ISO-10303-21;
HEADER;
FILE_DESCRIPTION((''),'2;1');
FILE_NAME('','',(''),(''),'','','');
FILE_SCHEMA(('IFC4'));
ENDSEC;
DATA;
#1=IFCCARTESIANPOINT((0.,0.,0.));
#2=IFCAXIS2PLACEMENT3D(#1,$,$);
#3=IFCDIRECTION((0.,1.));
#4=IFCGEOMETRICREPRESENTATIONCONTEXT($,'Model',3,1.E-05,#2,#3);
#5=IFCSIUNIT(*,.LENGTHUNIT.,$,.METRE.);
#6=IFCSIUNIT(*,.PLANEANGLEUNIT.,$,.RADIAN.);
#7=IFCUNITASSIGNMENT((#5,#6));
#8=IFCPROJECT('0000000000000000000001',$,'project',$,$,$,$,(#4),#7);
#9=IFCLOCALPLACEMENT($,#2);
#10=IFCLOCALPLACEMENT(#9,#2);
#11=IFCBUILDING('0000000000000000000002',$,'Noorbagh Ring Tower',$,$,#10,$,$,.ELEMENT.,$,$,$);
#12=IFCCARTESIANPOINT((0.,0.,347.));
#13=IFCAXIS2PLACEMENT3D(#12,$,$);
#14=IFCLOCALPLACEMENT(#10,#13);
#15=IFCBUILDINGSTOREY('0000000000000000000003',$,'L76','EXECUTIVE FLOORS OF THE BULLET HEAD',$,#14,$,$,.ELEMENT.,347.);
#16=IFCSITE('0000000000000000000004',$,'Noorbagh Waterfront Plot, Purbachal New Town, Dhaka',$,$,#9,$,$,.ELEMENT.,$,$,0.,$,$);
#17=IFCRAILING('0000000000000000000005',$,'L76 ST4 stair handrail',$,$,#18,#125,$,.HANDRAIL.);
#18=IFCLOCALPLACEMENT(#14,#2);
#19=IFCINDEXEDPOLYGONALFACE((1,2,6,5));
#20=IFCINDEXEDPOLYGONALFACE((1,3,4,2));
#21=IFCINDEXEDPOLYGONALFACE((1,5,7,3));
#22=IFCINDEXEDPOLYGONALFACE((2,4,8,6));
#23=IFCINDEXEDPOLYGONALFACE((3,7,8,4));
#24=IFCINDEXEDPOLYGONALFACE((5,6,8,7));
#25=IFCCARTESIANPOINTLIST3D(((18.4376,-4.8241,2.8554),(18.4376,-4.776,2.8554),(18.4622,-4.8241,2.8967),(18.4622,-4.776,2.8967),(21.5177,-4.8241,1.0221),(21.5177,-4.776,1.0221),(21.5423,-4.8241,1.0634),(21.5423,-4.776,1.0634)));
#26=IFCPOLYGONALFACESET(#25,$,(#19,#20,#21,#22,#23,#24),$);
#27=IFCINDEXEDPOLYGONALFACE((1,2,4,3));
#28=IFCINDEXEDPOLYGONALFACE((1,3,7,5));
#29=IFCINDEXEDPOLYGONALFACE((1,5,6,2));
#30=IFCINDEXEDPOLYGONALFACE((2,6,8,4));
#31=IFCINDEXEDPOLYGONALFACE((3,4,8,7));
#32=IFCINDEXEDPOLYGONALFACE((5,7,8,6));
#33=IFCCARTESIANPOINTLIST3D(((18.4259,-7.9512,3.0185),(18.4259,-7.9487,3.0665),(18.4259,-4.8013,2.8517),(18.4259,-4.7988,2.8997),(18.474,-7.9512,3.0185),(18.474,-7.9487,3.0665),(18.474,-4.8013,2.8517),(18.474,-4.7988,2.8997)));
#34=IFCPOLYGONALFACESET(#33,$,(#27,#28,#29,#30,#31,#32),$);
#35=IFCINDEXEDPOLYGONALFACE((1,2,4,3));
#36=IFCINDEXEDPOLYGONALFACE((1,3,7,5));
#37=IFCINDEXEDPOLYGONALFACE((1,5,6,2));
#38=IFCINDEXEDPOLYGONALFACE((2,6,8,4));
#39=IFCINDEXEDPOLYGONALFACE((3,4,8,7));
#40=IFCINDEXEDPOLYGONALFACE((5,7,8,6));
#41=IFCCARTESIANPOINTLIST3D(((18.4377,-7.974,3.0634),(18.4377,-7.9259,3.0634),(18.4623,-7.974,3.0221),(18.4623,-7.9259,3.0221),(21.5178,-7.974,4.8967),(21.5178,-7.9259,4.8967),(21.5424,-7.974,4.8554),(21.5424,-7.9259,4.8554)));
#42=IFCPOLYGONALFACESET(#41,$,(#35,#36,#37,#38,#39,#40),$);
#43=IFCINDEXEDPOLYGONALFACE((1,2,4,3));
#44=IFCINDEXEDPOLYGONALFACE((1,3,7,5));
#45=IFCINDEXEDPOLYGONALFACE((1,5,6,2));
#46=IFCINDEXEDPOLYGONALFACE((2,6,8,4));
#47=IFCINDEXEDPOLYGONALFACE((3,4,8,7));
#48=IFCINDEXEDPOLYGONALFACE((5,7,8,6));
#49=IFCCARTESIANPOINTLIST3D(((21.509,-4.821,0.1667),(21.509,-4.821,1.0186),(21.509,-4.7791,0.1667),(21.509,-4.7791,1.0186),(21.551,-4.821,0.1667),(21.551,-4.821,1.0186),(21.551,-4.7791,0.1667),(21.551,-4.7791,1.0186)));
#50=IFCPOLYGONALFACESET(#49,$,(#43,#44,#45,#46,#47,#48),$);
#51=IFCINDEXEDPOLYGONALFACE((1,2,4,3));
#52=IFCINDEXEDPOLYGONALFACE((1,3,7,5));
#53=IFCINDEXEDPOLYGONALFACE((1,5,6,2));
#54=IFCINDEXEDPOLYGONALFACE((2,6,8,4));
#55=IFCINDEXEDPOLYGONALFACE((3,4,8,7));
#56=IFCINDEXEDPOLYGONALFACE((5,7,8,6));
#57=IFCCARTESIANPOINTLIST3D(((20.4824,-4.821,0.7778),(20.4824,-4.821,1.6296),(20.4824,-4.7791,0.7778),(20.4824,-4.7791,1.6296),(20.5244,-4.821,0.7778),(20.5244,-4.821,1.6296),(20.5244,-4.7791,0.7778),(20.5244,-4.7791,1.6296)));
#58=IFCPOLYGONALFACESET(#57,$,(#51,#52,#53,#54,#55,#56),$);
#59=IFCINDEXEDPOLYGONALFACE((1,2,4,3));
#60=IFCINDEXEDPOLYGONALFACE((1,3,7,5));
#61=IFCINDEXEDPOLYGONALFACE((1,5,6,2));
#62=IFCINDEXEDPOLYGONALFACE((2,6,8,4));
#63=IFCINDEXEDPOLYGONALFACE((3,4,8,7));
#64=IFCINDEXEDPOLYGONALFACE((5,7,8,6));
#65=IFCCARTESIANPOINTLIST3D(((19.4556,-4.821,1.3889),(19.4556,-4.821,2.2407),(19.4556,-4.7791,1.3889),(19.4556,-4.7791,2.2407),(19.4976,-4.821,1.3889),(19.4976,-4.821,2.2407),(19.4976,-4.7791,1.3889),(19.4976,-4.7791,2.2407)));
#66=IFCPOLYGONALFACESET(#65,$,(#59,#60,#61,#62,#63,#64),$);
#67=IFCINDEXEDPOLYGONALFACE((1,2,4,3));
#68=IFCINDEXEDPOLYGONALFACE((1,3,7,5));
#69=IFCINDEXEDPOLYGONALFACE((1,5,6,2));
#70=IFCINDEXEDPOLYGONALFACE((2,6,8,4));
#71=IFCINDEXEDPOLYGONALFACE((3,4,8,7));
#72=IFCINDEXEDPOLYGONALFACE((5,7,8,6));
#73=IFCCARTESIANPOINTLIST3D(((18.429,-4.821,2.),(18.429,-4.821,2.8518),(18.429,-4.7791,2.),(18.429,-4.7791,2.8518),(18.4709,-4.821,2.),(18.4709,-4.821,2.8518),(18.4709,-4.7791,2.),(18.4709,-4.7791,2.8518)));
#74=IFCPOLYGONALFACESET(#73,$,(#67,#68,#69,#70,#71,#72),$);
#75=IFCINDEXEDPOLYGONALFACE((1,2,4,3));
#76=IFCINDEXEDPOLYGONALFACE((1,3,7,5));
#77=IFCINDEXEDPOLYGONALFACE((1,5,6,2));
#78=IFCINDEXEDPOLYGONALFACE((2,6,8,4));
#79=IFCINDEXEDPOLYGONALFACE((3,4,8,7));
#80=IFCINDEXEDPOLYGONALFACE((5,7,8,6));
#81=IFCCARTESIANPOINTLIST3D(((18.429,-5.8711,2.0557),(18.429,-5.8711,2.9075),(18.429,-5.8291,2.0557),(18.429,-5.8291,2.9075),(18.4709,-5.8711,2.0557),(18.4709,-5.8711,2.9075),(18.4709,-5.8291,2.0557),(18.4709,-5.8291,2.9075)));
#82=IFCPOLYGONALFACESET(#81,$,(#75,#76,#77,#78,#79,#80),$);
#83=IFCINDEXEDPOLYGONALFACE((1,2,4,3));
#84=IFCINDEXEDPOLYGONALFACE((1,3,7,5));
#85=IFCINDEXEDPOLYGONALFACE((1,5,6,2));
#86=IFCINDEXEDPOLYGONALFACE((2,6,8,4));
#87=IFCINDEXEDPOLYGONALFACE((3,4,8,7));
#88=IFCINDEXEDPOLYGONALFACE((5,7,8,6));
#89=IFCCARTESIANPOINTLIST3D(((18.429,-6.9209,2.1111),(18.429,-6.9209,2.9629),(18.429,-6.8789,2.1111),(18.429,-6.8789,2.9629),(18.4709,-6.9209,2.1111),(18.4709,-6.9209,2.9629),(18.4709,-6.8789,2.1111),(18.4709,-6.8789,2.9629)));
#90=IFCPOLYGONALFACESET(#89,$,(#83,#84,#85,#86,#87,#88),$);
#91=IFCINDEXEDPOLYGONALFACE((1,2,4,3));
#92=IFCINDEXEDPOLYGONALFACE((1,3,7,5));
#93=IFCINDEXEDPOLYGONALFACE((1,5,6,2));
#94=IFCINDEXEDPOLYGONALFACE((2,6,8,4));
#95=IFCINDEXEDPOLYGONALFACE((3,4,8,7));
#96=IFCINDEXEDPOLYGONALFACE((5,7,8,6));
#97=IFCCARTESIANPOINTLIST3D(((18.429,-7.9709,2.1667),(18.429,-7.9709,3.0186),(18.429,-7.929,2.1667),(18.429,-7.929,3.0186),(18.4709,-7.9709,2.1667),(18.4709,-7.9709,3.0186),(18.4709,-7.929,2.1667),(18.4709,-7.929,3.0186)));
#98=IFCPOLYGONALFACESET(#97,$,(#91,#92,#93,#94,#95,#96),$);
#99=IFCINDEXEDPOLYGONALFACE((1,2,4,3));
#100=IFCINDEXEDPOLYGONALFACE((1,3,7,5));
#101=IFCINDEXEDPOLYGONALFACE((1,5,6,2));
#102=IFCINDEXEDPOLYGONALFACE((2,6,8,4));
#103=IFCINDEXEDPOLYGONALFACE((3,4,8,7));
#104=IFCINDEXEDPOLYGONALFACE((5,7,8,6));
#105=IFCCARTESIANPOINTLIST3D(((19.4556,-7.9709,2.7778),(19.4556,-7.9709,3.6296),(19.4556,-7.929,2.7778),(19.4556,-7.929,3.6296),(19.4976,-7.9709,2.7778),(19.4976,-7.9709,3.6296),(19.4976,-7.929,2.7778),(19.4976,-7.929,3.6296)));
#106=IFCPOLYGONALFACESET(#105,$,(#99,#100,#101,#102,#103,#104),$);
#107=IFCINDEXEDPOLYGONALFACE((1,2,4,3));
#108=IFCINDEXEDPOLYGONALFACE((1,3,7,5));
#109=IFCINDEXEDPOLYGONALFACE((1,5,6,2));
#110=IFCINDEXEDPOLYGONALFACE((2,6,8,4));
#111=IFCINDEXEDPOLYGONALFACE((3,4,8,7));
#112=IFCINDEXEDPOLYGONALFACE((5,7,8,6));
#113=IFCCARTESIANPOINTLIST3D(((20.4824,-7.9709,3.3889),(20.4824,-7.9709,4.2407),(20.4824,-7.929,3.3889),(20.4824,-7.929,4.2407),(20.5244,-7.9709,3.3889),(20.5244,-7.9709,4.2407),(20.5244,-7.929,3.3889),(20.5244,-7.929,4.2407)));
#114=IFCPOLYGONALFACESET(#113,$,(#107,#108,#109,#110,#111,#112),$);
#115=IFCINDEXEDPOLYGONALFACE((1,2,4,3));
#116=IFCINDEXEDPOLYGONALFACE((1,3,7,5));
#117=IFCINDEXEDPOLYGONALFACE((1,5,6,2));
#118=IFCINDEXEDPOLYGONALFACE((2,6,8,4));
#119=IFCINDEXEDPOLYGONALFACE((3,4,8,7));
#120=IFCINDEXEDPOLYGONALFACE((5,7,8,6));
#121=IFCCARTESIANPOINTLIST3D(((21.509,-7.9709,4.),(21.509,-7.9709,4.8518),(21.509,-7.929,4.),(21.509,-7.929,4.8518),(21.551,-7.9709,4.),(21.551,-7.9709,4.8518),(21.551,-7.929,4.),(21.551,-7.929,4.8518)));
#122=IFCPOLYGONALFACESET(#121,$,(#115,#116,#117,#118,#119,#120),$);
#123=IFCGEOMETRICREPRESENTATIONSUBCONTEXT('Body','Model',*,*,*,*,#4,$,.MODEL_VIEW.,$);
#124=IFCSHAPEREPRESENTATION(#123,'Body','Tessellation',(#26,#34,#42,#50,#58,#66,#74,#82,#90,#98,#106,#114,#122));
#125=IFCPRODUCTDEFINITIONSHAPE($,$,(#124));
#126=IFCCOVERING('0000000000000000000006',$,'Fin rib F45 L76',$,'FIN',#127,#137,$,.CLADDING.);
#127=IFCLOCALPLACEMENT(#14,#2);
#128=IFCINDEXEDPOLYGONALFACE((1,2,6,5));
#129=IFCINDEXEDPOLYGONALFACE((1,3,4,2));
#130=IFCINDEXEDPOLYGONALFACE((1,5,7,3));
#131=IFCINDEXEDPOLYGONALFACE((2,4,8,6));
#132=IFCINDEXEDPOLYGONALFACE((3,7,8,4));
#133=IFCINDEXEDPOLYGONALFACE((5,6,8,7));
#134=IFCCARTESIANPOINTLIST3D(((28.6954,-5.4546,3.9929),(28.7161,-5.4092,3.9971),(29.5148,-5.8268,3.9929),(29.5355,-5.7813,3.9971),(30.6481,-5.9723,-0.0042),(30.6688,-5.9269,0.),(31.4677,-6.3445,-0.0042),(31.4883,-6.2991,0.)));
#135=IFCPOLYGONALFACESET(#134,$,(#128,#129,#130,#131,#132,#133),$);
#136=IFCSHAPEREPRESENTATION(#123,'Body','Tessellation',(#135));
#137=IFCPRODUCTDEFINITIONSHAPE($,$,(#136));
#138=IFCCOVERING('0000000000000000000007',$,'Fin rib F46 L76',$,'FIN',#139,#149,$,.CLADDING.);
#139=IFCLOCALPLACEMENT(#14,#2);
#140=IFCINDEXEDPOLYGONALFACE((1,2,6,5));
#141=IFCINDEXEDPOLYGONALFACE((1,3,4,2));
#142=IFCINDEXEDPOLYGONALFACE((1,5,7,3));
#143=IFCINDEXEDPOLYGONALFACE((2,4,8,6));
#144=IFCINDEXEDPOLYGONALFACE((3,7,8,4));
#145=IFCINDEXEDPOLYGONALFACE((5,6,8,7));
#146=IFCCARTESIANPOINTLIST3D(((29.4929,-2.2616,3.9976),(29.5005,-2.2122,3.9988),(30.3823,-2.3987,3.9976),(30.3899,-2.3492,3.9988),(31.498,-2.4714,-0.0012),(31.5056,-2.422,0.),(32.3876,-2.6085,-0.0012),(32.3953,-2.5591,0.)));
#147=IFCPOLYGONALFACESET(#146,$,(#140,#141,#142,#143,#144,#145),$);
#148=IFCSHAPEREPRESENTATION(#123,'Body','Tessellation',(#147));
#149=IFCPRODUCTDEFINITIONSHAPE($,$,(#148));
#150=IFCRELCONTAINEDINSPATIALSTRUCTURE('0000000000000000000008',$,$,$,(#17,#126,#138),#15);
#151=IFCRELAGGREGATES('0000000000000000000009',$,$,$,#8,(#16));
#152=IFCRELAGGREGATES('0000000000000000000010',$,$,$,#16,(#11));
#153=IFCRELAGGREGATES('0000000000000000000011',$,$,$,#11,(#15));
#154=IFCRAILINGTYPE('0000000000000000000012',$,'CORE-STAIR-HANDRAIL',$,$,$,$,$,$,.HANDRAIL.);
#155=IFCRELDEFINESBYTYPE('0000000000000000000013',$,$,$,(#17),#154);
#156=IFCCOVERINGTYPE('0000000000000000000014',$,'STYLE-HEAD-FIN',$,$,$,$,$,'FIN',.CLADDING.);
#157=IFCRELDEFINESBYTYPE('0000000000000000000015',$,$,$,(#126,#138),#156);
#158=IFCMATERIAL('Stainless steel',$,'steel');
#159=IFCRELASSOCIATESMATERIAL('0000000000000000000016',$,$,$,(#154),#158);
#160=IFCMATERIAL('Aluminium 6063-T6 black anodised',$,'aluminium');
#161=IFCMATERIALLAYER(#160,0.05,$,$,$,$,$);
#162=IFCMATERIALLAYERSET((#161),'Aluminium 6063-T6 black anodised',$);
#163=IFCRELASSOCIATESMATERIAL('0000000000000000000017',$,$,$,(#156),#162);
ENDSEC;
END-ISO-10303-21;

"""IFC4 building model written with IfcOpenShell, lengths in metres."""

from ifc_helpers import new_model, si_unit, direction, frame, origin, origin_2d, place, context, subcontext, project, spatial, polyline, rectangle, outline, extrude, material, layer, layer_set, type_object, element, save


model = new_model("IFC4")

# Units and contexts
model_context = context("Model", 3, precision=1e-05, world=origin(), true_north=direction((0.0, 1.0)))
body_context = subcontext(model_context, "Body", "Model", "MODEL_VIEW")
ifc_project = project(units=[si_unit("LENGTHUNIT", "METRE"), si_unit("PLANEANGLEUNIT", "RADIAN")], contexts=[model_context])

# Site, building, storey
site_placement = place(None, origin())
site = spatial("IfcSite", under=ifc_project, at=site_placement, Name="Noorbagh Waterfront Plot, Purbachal New Town, Dhaka", CompositionType="ELEMENT", RefElevation=0.0)
building_placement = place(site_placement, origin())
building = spatial("IfcBuilding", under=site, at=building_placement, Name="Noorbagh Ring Tower", CompositionType="ELEMENT")
storey_placement = place(building_placement, frame((0.0, 0.0, 347.0)))
storey = spatial("IfcBuildingStorey", under=building, at=storey_placement, Name="L76", Description="EXECUTIVE FLOORS OF THE BULLET HEAD", CompositionType="ELEMENT", Elevation=347.0)

# Railing
ifc_material_1 = material(Name="Stainless steel", Category="steel")
railing_type_1 = type_object("IfcRailingType", Name="CORE-STAIR-HANDRAIL", PredefinedType="HANDRAIL", material=ifc_material_1)
railing_1_placement = place(storey_placement, frame((21.53, -4.8, 0.1667)))
element("IfcRailing", 1, at=railing_1_placement, inside=storey, type_object=railing_type_1, Name="L76 ST4 stair handrail", PredefinedType="HANDRAIL", context=body_context, shape_type="SweptSolid", body=[
    extrude(rectangle(XDim=0.0481, YDim=0.0481, at=origin_2d()), frame((0.0, 0.0, 0.876), z_axis=(-0.859309, 0.0, 0.511458), x_axis=(0.0, -1.0, 0.0)), (0.0, 0.0, 1.0), 3.5845),
    extrude(rectangle(XDim=0.0481, YDim=0.0481, at=origin_2d()), frame((-3.0801, 0.0, 2.709), z_axis=(0.0, -0.998602, 0.052864), x_axis=(1.0, 0.0, 0.0)), (0.0, 0.0, 1.0), 3.1543),
    extrude(rectangle(XDim=0.0481, YDim=0.0481, at=origin_2d()), frame((-3.0801, -3.1499, 2.876), z_axis=(0.859309, 0.0, 0.511458), x_axis=(0.0, 1.0, 0.0)), (0.0, 0.0, 1.0), 3.5845),
    extrude(rectangle(XDim=0.042, YDim=0.042, at=origin_2d()), origin(), (0.0, 0.0, 1.0), 0.8518),
    extrude(rectangle(XDim=0.042, YDim=0.042, at=origin_2d()), frame((-1.0266, 0.0, 0.6111)), (0.0, 0.0, 1.0), 0.8518),
    extrude(rectangle(XDim=0.042, YDim=0.042, at=origin_2d()), frame((-2.0535, 0.0, 1.2222)), (0.0, 0.0, 1.0), 0.8518),
    extrude(rectangle(XDim=0.042, YDim=0.042, at=origin_2d()), frame((-3.0801, 0.0, 1.8333)), (0.0, 0.0, 1.0), 0.8518),
    extrude(rectangle(XDim=0.042, YDim=0.042, at=origin_2d()), frame((-3.0801, -1.05, 1.8889)), (0.0, 0.0, 1.0), 0.8518),
    extrude(rectangle(XDim=0.042, YDim=0.042, at=origin_2d()), frame((-3.0801, -2.0999, 1.9443)), (0.0, 0.0, 1.0), 0.8518),
    extrude(rectangle(XDim=0.042, YDim=0.042, at=origin_2d()), frame((-3.0801, -3.1499, 2.0)), (0.0, 0.0, 1.0), 0.8518),
    extrude(rectangle(XDim=0.042, YDim=0.042, at=origin_2d()), frame((-2.0535, -3.1499, 2.6111)), (0.0, 0.0, 1.0), 0.8518),
    extrude(rectangle(XDim=0.042, YDim=0.042, at=origin_2d()), frame((-1.0266, -3.1499, 3.2222)), (0.0, 0.0, 1.0), 0.8518),
    extrude(rectangle(XDim=0.042, YDim=0.042, at=origin_2d()), frame((0.0, -3.1499, 3.8333)), (0.0, 0.0, 1.0), 0.8518),
])

# Coverings
ifc_material_2 = material(Name="Aluminium 6063-T6 black anodised", Category="aluminium")
ifc_layer_1 = layer(ifc_material_2, 0.05)
ifc_layer_set_1 = layer_set([ifc_layer_1], Name="Aluminium 6063-T6 black anodised")
covering_type_1 = type_object("IfcCoveringType", Name="STYLE-HEAD-FIN", ElementType="FIN", PredefinedType="CLADDING", material=ifc_layer_set_1)
covering_1_placement = place(storey_placement, frame((31.4883, -6.2991, 0.0), z_axis=(0.412082, 0.907284, 0.08381), x_axis=(-0.436029, 0.115599, 0.892477)))
element("IfcCovering", 2, at=covering_1_placement, inside=storey, type_object=covering_type_1, Name="Fin rib F45 L76", ObjectType="FIN", PredefinedType="CLADDING", context=body_context, shape_type="SweptSolid", body=[
    extrude(outline(polyline([(0.0, 0.0), (4.4786, 0.0), (4.8789, -0.806), (0.4004, -0.8061), (0.0, 0.0)])), origin(), (0.0, 0.0, -1.0), 0.05),
])
covering_2_placement = place(storey_placement, frame((32.3953, -2.5591, 0.0), z_axis=(0.152266, 0.988036, 0.024508), x_axis=(-0.447786, 0.04686, 0.892912)))
element("IfcCovering", 3, at=covering_2_placement, inside=storey, type_object=covering_type_1, Name="Fin rib F46 L76", ObjectType="FIN", PredefinedType="CLADDING", context=body_context, shape_type="SweptSolid", body=[
    extrude(outline(polyline([(0.0, 0.0), (4.4784, 0.0), (4.8831, -0.8038), (0.4048, -0.804), (0.0, 0.0)])), origin(), (0.0, 0.0, -1.0), 0.05),
])

save(model, "model.ifc")
